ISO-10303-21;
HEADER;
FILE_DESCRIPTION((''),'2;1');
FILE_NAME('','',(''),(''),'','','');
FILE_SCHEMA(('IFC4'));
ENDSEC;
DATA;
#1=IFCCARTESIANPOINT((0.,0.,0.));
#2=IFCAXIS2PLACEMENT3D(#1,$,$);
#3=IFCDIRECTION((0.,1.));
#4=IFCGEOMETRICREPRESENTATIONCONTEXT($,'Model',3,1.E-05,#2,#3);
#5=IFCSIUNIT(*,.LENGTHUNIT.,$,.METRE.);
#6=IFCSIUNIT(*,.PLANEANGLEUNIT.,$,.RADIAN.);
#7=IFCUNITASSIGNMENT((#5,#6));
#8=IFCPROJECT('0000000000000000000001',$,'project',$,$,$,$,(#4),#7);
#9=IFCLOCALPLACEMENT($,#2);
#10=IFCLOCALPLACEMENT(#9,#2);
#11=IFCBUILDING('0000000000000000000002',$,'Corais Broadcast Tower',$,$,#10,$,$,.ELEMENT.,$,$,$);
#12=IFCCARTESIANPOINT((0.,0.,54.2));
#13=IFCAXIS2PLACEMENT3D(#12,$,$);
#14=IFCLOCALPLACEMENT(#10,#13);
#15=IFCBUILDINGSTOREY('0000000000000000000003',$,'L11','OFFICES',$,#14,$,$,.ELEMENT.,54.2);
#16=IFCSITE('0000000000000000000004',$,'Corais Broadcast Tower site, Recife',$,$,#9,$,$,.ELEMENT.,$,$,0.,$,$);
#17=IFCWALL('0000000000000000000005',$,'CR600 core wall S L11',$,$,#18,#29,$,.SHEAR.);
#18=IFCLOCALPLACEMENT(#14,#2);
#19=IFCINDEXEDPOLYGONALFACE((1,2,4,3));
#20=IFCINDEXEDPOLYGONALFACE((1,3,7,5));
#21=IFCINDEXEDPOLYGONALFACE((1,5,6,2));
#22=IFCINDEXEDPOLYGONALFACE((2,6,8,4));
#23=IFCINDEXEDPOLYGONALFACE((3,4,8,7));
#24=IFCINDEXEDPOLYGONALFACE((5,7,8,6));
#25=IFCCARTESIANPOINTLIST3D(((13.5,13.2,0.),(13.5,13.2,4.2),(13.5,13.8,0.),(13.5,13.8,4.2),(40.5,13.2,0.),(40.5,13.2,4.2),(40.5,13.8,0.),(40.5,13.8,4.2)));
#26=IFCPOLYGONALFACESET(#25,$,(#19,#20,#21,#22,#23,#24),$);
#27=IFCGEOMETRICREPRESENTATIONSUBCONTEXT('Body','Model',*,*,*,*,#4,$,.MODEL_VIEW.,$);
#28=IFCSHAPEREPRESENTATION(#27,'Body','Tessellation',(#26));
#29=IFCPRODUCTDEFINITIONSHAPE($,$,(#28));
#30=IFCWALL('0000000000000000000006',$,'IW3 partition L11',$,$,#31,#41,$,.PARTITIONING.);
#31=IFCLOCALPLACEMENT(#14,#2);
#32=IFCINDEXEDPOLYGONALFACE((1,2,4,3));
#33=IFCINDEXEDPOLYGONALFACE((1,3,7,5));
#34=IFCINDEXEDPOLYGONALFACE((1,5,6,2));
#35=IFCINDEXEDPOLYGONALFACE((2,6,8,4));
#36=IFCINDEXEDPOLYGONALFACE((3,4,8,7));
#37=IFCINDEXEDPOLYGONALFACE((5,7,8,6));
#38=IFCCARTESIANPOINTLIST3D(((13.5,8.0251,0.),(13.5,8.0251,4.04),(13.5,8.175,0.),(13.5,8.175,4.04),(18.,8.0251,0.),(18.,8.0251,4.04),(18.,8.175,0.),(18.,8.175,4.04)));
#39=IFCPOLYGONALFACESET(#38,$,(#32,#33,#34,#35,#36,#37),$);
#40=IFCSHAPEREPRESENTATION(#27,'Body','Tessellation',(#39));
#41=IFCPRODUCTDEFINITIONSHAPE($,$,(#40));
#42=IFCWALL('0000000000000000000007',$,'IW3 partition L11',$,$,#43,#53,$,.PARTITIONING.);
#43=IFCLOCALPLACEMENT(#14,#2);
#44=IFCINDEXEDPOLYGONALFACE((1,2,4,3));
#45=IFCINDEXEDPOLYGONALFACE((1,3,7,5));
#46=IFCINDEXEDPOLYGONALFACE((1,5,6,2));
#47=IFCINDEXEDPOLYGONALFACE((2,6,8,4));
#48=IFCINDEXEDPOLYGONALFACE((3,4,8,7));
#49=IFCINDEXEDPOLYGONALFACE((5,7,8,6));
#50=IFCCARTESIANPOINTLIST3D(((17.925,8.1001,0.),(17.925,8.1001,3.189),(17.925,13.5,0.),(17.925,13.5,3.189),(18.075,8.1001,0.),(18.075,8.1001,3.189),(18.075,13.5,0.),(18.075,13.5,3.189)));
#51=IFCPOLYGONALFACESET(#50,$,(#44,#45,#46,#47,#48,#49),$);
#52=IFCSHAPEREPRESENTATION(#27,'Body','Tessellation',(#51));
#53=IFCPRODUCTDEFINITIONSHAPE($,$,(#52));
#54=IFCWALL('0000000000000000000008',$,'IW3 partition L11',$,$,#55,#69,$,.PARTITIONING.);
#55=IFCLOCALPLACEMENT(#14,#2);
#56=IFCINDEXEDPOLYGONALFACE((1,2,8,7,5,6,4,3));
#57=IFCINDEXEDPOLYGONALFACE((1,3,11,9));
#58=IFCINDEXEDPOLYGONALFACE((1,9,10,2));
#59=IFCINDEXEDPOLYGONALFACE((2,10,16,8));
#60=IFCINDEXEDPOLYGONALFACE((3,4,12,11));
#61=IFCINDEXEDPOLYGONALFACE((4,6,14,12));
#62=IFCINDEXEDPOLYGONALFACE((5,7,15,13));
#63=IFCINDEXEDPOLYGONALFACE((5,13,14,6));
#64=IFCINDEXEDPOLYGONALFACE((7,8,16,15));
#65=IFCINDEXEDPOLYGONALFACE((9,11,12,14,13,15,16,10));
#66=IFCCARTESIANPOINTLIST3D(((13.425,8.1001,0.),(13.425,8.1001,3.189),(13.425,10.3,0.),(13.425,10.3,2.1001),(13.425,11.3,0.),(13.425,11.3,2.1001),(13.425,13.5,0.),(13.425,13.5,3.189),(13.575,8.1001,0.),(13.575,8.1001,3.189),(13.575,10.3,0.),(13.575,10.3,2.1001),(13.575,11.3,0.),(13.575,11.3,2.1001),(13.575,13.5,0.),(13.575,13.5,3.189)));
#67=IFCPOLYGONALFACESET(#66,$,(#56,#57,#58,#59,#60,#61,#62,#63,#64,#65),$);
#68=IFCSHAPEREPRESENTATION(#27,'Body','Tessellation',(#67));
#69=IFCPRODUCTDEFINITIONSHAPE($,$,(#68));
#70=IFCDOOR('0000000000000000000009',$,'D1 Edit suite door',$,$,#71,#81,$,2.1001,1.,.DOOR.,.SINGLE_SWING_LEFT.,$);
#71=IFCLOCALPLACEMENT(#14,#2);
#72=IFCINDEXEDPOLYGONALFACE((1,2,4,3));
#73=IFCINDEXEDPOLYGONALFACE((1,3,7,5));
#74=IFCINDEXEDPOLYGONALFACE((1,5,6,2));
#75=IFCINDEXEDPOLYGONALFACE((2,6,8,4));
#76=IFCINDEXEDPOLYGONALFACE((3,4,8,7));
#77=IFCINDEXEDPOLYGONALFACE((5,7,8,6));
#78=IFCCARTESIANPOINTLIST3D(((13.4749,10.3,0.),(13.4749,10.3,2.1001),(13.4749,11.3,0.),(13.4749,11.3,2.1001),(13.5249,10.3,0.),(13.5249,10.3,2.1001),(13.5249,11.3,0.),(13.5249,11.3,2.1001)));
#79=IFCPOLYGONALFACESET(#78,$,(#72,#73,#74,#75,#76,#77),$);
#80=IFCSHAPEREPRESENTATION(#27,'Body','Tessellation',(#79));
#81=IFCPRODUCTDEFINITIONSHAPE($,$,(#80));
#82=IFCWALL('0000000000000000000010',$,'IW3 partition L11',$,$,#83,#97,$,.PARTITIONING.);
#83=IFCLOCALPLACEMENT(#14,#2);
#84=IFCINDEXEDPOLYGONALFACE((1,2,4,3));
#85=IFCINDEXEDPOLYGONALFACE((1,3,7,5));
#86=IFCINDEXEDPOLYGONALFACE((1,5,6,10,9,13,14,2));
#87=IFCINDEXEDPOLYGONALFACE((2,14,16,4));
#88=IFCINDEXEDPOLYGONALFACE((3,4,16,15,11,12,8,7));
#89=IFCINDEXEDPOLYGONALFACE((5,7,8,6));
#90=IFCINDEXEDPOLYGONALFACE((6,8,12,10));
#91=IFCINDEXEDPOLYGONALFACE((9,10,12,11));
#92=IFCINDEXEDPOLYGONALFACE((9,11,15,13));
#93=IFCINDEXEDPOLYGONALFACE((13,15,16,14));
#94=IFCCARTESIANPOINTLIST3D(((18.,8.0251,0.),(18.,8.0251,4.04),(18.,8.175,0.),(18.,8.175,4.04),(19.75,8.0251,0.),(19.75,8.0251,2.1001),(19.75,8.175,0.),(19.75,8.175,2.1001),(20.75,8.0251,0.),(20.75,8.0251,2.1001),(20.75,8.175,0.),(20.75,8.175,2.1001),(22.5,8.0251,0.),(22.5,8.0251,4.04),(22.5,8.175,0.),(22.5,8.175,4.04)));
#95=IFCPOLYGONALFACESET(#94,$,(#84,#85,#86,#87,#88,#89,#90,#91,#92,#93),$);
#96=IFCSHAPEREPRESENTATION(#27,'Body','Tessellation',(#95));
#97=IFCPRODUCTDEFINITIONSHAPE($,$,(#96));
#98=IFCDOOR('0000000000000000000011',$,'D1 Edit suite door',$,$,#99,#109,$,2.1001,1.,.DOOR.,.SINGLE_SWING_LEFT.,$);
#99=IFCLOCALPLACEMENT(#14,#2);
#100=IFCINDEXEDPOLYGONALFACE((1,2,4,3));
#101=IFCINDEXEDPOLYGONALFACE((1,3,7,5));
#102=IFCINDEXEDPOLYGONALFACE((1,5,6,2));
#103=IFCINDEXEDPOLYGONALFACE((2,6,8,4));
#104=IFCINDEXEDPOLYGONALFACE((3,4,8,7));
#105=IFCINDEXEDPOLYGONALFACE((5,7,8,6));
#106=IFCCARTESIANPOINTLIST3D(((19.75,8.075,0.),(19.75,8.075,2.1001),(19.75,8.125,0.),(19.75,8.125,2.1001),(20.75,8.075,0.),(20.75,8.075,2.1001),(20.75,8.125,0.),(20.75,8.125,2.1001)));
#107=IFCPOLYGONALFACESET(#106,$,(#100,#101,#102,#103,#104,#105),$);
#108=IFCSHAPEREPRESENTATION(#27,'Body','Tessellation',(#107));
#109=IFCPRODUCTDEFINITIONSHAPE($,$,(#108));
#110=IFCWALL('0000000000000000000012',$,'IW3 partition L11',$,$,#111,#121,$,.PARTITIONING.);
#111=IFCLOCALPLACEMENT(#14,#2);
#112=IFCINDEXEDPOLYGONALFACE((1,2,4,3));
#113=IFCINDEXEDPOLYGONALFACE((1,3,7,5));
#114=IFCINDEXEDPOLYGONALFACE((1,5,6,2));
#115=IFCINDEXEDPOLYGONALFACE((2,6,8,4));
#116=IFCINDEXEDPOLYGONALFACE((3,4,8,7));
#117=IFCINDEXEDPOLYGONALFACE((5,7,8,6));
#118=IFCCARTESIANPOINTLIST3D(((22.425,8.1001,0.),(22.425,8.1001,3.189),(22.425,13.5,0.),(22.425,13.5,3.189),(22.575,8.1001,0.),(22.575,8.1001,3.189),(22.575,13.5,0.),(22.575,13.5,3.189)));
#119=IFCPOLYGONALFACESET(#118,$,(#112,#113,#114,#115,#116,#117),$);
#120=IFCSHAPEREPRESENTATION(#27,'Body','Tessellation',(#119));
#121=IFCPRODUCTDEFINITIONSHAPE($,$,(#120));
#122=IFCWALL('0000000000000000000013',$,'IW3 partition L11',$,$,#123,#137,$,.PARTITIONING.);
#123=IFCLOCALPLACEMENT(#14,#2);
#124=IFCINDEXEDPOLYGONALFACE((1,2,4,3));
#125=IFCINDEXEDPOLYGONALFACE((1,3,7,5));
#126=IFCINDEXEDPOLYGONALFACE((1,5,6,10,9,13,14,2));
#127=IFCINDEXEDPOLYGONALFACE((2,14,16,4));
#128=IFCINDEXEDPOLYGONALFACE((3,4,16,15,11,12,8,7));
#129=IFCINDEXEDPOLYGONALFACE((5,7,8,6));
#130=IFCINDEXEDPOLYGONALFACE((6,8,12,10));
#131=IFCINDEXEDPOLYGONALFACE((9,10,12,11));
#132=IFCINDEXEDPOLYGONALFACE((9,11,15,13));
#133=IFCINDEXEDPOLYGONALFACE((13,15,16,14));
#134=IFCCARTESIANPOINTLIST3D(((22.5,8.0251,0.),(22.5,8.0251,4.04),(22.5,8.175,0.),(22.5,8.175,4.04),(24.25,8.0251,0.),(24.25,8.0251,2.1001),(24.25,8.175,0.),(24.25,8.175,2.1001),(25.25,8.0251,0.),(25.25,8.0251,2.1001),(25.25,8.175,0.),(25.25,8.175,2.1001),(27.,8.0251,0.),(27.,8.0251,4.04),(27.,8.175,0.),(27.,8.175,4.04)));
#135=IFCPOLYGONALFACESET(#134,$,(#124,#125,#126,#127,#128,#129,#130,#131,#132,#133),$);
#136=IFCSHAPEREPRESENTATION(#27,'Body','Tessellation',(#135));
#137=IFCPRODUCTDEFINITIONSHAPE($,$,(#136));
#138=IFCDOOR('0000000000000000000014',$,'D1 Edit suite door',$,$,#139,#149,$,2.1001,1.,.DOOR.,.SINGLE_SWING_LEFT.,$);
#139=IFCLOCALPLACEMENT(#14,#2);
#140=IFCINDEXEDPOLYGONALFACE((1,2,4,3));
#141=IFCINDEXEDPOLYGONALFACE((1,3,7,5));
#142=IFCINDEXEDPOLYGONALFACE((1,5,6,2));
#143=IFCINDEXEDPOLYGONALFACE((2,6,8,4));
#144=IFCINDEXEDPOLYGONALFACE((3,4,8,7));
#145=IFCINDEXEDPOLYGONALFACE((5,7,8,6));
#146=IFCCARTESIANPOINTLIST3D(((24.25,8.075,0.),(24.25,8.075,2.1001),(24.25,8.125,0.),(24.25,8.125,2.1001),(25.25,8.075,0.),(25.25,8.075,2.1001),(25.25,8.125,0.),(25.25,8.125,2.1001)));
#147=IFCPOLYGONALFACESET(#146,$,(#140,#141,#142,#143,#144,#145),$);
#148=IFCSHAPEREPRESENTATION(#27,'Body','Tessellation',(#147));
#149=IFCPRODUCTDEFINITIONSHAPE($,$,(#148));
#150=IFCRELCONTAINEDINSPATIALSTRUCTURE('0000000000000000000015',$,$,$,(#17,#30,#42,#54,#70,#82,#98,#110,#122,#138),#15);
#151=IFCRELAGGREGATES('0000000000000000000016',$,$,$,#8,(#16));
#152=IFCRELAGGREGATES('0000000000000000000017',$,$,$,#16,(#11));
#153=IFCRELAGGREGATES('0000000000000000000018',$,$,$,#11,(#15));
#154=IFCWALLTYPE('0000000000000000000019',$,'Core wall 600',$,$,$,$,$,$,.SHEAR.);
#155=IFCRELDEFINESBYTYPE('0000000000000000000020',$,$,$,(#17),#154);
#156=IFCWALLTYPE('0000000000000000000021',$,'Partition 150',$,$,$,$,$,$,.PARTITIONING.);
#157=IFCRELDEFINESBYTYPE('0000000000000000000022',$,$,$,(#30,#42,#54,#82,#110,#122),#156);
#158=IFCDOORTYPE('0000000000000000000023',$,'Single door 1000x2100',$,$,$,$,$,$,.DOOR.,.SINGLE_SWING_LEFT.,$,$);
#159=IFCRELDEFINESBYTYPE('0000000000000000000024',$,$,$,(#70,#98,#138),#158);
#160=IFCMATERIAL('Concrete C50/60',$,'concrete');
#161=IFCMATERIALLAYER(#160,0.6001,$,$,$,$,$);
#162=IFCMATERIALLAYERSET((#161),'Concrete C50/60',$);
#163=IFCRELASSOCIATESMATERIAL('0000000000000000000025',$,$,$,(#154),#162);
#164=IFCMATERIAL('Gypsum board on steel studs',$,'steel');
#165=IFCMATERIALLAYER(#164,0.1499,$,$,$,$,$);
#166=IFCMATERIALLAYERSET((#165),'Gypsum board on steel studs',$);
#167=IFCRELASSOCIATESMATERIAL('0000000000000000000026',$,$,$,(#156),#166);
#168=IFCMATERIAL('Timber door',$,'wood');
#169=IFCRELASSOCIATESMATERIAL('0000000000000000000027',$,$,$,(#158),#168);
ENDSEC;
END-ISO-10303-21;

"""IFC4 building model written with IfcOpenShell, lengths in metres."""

from ifc_helpers import new_model, si_unit, direction, frame, frame_2d, origin, place, context, subcontext, project, spatial, rectangle, extrude, material, layer, layer_set, type_object, element, fill, save


model = new_model("IFC4")

# Units and contexts
model_context = context("Model", 3, precision=1e-05, world=origin(), true_north=direction((0.0, 1.0)))
body_context = subcontext(model_context, "Body", "Model", "MODEL_VIEW")
ifc_project = project(units=[si_unit("LENGTHUNIT", "METRE"), si_unit("PLANEANGLEUNIT", "RADIAN")], contexts=[model_context])

# Site, building, storey
site_placement = place(None, origin())
site = spatial("IfcSite", under=ifc_project, at=site_placement, Name="Corais Broadcast Tower site, Recife", CompositionType="ELEMENT", RefElevation=0.0)
building_placement = place(site_placement, origin())
building = spatial("IfcBuilding", under=site, at=building_placement, Name="Corais Broadcast Tower", CompositionType="ELEMENT")
storey_placement = place(building_placement, frame((0.0, 0.0, 54.2)))
storey = spatial("IfcBuildingStorey", under=building, at=storey_placement, Name="L11", Description="OFFICES", CompositionType="ELEMENT", Elevation=54.2)

# Walls
ifc_material_1 = material(Name="Concrete C50/60", Category="concrete")
ifc_layer_1 = layer(ifc_material_1, 0.6001)
ifc_layer_set_1 = layer_set([ifc_layer_1], Name="Concrete C50/60")
wall_type_1 = type_object("IfcWallType", Name="Core wall 600", PredefinedType="SHEAR", material=ifc_layer_set_1)
wall_1_placement = place(storey_placement, frame((13.5, 13.5, 0.0), z_axis=(0.0, 0.0, 1.0), x_axis=(1.0, 0.0, 0.0)))
element("IfcWall", 1, at=wall_1_placement, inside=storey, type_object=wall_type_1, Name="CR600 core wall S L11", PredefinedType="SHEAR", context=body_context, shape_type="SweptSolid", body=[
    extrude(rectangle(XDim=27.0, YDim=0.6001, at=frame_2d((13.5, 0.0))), origin(), (0.0, 0.0, 1.0), 4.2),
])
ifc_material_2 = material(Name="Gypsum board on steel studs", Category="steel")
ifc_layer_2 = layer(ifc_material_2, 0.1499)
ifc_layer_set_2 = layer_set([ifc_layer_2], Name="Gypsum board on steel studs")
wall_type_2 = type_object("IfcWallType", Name="Partition 150", PredefinedType="PARTITIONING", material=ifc_layer_set_2)
wall_2_placement = place(storey_placement, frame((13.5, 8.1001, 0.0), z_axis=(0.0, 0.0, 1.0), x_axis=(1.0, 0.0, 0.0)))
element("IfcWall", 2, at=wall_2_placement, inside=storey, type_object=wall_type_2, Name="IW3 partition L11", PredefinedType="PARTITIONING", context=body_context, shape_type="SweptSolid", body=[
    extrude(rectangle(XDim=4.5, YDim=0.1499, at=frame_2d((2.25, 0.0))), origin(), (0.0, 0.0, 1.0), 4.04),
])
wall_3_placement = place(storey_placement, frame((18.0, 8.1001, 0.0), z_axis=(0.0, 0.0, 1.0), x_axis=(0.0, 1.0, 0.0)))
element("IfcWall", 3, at=wall_3_placement, inside=storey, type_object=wall_type_2, Name="IW3 partition L11", PredefinedType="PARTITIONING", context=body_context, shape_type="SweptSolid", body=[
    extrude(rectangle(XDim=5.3999, YDim=0.1499, at=frame_2d((2.7, 0.0))), origin(), (0.0, 0.0, 1.0), 3.189),
])

# Walls, openings, doors
wall_4_placement = place(storey_placement, frame((13.5, 13.5, 0.0), z_axis=(0.0, 0.0, 1.0), x_axis=(0.0, -1.0, 0.0)))
wall_4 = element("IfcWall", 4, at=wall_4_placement, inside=storey, type_object=wall_type_2, Name="IW3 partition L11", PredefinedType="PARTITIONING", context=body_context, shape_type="SweptSolid", body=[
    extrude(rectangle(XDim=5.3999, YDim=0.1499, at=frame_2d((2.7, 0.0))), origin(), (0.0, 0.0, 1.0), 3.189),
])
opening_1_placement = place(wall_4_placement, frame((2.2, 0.0, 0.0)))
opening_1 = element("IfcOpeningElement", 5, at=opening_1_placement, cuts=wall_4, PredefinedType="OPENING", context=body_context, shape_type="SweptSolid", body=[
    extrude(rectangle(XDim=1.0, YDim=2.1001, at=frame_2d((0.5, 1.05))), frame((0.0, 0.085, 0.0), z_axis=(0.0, -1.0, 0.0), x_axis=(1.0, 0.0, 0.0)), (0.0, 0.0, 1.0), 0.1699),
])
ifc_material_3 = material(Name="Timber door", Category="wood")
door_type = type_object("IfcDoorType", Name="Single door 1000x2100", OperationType="SINGLE_SWING_LEFT", PredefinedType="DOOR", material=ifc_material_3)
door_1_placement = place(opening_1_placement, origin())
door_1 = element("IfcDoor", 6, at=door_1_placement, inside=storey, type_object=door_type, Name="D1 Edit suite door", OperationType="SINGLE_SWING_LEFT", OverallHeight=2.1001, OverallWidth=1.0, PredefinedType="DOOR", context=body_context, shape_type="SweptSolid", body=[
    extrude(rectangle(XDim=1.0, YDim=2.1001, at=frame_2d((0.5, 1.05))), frame((0.0, 0.0249, 0.0), z_axis=(0.0, -1.0, 0.0), x_axis=(1.0, 0.0, 0.0)), (0.0, 0.0, 1.0), 0.05),
])
fill(opening_1, door_1)
wall_5_placement = place(storey_placement, frame((18.0, 8.1001, 0.0), z_axis=(0.0, 0.0, 1.0), x_axis=(1.0, 0.0, 0.0)))
wall_5 = element("IfcWall", 7, at=wall_5_placement, inside=storey, type_object=wall_type_2, Name="IW3 partition L11", PredefinedType="PARTITIONING", context=body_context, shape_type="SweptSolid", body=[
    extrude(rectangle(XDim=4.5, YDim=0.1499, at=frame_2d((2.25, 0.0))), origin(), (0.0, 0.0, 1.0), 4.04),
])
opening_2_placement = place(wall_5_placement, frame((1.75, 0.0, 0.0)))
opening_2 = element("IfcOpeningElement", 8, at=opening_2_placement, cuts=wall_5, PredefinedType="OPENING", context=body_context, shape_type="SweptSolid", body=[
    extrude(rectangle(XDim=1.0, YDim=2.1001, at=frame_2d((0.5, 1.05))), frame((0.0, 0.085, 0.0), z_axis=(0.0, -1.0, 0.0), x_axis=(1.0, 0.0, 0.0)), (0.0, 0.0, 1.0), 0.1699),
])
door_2_placement = place(opening_2_placement, origin())
door_2 = element("IfcDoor", 9, at=door_2_placement, inside=storey, type_object=door_type, Name="D1 Edit suite door", OperationType="SINGLE_SWING_LEFT", OverallHeight=2.1001, OverallWidth=1.0, PredefinedType="DOOR", context=body_context, shape_type="SweptSolid", body=[
    extrude(rectangle(XDim=1.0, YDim=2.1001, at=frame_2d((0.5, 1.05))), frame((0.0, 0.0249, 0.0), z_axis=(0.0, -1.0, 0.0), x_axis=(1.0, 0.0, 0.0)), (0.0, 0.0, 1.0), 0.05),
])
fill(opening_2, door_2)

# Wall
wall_6_placement = place(storey_placement, frame((22.5, 8.1001, 0.0), z_axis=(0.0, 0.0, 1.0), x_axis=(0.0, 1.0, 0.0)))
element("IfcWall", 10, at=wall_6_placement, inside=storey, type_object=wall_type_2, Name="IW3 partition L11", PredefinedType="PARTITIONING", context=body_context, shape_type="SweptSolid", body=[
    extrude(rectangle(XDim=5.3999, YDim=0.1499, at=frame_2d((2.7, 0.0))), origin(), (0.0, 0.0, 1.0), 3.189),
])

# Wall, opening, door
wall_7_placement = place(storey_placement, frame((22.5, 8.1001, 0.0), z_axis=(0.0, 0.0, 1.0), x_axis=(1.0, 0.0, 0.0)))
wall_7 = element("IfcWall", 11, at=wall_7_placement, inside=storey, type_object=wall_type_2, Name="IW3 partition L11", PredefinedType="PARTITIONING", context=body_context, shape_type="SweptSolid", body=[
    extrude(rectangle(XDim=4.5, YDim=0.1499, at=frame_2d((2.25, 0.0))), origin(), (0.0, 0.0, 1.0), 4.04),
])
opening_3_placement = place(wall_7_placement, frame((1.75, 0.0, 0.0)))
opening_3 = element("IfcOpeningElement", 12, at=opening_3_placement, cuts=wall_7, PredefinedType="OPENING", context=body_context, shape_type="SweptSolid", body=[
    extrude(rectangle(XDim=1.0, YDim=2.1001, at=frame_2d((0.5, 1.05))), frame((0.0, 0.085, 0.0), z_axis=(0.0, -1.0, 0.0), x_axis=(1.0, 0.0, 0.0)), (0.0, 0.0, 1.0), 0.1699),
])
door_3_placement = place(opening_3_placement, origin())
door_3 = element("IfcDoor", 13, at=door_3_placement, inside=storey, type_object=door_type, Name="D1 Edit suite door", OperationType="SINGLE_SWING_LEFT", OverallHeight=2.1001, OverallWidth=1.0, PredefinedType="DOOR", context=body_context, shape_type="SweptSolid", body=[
    extrude(rectangle(XDim=1.0, YDim=2.1001, at=frame_2d((0.5, 1.05))), frame((0.0, 0.0249, 0.0), z_axis=(0.0, -1.0, 0.0), x_axis=(1.0, 0.0, 0.0)), (0.0, 0.0, 1.0), 0.05),
])
fill(opening_3, door_3)

save(model, "model.ifc")
